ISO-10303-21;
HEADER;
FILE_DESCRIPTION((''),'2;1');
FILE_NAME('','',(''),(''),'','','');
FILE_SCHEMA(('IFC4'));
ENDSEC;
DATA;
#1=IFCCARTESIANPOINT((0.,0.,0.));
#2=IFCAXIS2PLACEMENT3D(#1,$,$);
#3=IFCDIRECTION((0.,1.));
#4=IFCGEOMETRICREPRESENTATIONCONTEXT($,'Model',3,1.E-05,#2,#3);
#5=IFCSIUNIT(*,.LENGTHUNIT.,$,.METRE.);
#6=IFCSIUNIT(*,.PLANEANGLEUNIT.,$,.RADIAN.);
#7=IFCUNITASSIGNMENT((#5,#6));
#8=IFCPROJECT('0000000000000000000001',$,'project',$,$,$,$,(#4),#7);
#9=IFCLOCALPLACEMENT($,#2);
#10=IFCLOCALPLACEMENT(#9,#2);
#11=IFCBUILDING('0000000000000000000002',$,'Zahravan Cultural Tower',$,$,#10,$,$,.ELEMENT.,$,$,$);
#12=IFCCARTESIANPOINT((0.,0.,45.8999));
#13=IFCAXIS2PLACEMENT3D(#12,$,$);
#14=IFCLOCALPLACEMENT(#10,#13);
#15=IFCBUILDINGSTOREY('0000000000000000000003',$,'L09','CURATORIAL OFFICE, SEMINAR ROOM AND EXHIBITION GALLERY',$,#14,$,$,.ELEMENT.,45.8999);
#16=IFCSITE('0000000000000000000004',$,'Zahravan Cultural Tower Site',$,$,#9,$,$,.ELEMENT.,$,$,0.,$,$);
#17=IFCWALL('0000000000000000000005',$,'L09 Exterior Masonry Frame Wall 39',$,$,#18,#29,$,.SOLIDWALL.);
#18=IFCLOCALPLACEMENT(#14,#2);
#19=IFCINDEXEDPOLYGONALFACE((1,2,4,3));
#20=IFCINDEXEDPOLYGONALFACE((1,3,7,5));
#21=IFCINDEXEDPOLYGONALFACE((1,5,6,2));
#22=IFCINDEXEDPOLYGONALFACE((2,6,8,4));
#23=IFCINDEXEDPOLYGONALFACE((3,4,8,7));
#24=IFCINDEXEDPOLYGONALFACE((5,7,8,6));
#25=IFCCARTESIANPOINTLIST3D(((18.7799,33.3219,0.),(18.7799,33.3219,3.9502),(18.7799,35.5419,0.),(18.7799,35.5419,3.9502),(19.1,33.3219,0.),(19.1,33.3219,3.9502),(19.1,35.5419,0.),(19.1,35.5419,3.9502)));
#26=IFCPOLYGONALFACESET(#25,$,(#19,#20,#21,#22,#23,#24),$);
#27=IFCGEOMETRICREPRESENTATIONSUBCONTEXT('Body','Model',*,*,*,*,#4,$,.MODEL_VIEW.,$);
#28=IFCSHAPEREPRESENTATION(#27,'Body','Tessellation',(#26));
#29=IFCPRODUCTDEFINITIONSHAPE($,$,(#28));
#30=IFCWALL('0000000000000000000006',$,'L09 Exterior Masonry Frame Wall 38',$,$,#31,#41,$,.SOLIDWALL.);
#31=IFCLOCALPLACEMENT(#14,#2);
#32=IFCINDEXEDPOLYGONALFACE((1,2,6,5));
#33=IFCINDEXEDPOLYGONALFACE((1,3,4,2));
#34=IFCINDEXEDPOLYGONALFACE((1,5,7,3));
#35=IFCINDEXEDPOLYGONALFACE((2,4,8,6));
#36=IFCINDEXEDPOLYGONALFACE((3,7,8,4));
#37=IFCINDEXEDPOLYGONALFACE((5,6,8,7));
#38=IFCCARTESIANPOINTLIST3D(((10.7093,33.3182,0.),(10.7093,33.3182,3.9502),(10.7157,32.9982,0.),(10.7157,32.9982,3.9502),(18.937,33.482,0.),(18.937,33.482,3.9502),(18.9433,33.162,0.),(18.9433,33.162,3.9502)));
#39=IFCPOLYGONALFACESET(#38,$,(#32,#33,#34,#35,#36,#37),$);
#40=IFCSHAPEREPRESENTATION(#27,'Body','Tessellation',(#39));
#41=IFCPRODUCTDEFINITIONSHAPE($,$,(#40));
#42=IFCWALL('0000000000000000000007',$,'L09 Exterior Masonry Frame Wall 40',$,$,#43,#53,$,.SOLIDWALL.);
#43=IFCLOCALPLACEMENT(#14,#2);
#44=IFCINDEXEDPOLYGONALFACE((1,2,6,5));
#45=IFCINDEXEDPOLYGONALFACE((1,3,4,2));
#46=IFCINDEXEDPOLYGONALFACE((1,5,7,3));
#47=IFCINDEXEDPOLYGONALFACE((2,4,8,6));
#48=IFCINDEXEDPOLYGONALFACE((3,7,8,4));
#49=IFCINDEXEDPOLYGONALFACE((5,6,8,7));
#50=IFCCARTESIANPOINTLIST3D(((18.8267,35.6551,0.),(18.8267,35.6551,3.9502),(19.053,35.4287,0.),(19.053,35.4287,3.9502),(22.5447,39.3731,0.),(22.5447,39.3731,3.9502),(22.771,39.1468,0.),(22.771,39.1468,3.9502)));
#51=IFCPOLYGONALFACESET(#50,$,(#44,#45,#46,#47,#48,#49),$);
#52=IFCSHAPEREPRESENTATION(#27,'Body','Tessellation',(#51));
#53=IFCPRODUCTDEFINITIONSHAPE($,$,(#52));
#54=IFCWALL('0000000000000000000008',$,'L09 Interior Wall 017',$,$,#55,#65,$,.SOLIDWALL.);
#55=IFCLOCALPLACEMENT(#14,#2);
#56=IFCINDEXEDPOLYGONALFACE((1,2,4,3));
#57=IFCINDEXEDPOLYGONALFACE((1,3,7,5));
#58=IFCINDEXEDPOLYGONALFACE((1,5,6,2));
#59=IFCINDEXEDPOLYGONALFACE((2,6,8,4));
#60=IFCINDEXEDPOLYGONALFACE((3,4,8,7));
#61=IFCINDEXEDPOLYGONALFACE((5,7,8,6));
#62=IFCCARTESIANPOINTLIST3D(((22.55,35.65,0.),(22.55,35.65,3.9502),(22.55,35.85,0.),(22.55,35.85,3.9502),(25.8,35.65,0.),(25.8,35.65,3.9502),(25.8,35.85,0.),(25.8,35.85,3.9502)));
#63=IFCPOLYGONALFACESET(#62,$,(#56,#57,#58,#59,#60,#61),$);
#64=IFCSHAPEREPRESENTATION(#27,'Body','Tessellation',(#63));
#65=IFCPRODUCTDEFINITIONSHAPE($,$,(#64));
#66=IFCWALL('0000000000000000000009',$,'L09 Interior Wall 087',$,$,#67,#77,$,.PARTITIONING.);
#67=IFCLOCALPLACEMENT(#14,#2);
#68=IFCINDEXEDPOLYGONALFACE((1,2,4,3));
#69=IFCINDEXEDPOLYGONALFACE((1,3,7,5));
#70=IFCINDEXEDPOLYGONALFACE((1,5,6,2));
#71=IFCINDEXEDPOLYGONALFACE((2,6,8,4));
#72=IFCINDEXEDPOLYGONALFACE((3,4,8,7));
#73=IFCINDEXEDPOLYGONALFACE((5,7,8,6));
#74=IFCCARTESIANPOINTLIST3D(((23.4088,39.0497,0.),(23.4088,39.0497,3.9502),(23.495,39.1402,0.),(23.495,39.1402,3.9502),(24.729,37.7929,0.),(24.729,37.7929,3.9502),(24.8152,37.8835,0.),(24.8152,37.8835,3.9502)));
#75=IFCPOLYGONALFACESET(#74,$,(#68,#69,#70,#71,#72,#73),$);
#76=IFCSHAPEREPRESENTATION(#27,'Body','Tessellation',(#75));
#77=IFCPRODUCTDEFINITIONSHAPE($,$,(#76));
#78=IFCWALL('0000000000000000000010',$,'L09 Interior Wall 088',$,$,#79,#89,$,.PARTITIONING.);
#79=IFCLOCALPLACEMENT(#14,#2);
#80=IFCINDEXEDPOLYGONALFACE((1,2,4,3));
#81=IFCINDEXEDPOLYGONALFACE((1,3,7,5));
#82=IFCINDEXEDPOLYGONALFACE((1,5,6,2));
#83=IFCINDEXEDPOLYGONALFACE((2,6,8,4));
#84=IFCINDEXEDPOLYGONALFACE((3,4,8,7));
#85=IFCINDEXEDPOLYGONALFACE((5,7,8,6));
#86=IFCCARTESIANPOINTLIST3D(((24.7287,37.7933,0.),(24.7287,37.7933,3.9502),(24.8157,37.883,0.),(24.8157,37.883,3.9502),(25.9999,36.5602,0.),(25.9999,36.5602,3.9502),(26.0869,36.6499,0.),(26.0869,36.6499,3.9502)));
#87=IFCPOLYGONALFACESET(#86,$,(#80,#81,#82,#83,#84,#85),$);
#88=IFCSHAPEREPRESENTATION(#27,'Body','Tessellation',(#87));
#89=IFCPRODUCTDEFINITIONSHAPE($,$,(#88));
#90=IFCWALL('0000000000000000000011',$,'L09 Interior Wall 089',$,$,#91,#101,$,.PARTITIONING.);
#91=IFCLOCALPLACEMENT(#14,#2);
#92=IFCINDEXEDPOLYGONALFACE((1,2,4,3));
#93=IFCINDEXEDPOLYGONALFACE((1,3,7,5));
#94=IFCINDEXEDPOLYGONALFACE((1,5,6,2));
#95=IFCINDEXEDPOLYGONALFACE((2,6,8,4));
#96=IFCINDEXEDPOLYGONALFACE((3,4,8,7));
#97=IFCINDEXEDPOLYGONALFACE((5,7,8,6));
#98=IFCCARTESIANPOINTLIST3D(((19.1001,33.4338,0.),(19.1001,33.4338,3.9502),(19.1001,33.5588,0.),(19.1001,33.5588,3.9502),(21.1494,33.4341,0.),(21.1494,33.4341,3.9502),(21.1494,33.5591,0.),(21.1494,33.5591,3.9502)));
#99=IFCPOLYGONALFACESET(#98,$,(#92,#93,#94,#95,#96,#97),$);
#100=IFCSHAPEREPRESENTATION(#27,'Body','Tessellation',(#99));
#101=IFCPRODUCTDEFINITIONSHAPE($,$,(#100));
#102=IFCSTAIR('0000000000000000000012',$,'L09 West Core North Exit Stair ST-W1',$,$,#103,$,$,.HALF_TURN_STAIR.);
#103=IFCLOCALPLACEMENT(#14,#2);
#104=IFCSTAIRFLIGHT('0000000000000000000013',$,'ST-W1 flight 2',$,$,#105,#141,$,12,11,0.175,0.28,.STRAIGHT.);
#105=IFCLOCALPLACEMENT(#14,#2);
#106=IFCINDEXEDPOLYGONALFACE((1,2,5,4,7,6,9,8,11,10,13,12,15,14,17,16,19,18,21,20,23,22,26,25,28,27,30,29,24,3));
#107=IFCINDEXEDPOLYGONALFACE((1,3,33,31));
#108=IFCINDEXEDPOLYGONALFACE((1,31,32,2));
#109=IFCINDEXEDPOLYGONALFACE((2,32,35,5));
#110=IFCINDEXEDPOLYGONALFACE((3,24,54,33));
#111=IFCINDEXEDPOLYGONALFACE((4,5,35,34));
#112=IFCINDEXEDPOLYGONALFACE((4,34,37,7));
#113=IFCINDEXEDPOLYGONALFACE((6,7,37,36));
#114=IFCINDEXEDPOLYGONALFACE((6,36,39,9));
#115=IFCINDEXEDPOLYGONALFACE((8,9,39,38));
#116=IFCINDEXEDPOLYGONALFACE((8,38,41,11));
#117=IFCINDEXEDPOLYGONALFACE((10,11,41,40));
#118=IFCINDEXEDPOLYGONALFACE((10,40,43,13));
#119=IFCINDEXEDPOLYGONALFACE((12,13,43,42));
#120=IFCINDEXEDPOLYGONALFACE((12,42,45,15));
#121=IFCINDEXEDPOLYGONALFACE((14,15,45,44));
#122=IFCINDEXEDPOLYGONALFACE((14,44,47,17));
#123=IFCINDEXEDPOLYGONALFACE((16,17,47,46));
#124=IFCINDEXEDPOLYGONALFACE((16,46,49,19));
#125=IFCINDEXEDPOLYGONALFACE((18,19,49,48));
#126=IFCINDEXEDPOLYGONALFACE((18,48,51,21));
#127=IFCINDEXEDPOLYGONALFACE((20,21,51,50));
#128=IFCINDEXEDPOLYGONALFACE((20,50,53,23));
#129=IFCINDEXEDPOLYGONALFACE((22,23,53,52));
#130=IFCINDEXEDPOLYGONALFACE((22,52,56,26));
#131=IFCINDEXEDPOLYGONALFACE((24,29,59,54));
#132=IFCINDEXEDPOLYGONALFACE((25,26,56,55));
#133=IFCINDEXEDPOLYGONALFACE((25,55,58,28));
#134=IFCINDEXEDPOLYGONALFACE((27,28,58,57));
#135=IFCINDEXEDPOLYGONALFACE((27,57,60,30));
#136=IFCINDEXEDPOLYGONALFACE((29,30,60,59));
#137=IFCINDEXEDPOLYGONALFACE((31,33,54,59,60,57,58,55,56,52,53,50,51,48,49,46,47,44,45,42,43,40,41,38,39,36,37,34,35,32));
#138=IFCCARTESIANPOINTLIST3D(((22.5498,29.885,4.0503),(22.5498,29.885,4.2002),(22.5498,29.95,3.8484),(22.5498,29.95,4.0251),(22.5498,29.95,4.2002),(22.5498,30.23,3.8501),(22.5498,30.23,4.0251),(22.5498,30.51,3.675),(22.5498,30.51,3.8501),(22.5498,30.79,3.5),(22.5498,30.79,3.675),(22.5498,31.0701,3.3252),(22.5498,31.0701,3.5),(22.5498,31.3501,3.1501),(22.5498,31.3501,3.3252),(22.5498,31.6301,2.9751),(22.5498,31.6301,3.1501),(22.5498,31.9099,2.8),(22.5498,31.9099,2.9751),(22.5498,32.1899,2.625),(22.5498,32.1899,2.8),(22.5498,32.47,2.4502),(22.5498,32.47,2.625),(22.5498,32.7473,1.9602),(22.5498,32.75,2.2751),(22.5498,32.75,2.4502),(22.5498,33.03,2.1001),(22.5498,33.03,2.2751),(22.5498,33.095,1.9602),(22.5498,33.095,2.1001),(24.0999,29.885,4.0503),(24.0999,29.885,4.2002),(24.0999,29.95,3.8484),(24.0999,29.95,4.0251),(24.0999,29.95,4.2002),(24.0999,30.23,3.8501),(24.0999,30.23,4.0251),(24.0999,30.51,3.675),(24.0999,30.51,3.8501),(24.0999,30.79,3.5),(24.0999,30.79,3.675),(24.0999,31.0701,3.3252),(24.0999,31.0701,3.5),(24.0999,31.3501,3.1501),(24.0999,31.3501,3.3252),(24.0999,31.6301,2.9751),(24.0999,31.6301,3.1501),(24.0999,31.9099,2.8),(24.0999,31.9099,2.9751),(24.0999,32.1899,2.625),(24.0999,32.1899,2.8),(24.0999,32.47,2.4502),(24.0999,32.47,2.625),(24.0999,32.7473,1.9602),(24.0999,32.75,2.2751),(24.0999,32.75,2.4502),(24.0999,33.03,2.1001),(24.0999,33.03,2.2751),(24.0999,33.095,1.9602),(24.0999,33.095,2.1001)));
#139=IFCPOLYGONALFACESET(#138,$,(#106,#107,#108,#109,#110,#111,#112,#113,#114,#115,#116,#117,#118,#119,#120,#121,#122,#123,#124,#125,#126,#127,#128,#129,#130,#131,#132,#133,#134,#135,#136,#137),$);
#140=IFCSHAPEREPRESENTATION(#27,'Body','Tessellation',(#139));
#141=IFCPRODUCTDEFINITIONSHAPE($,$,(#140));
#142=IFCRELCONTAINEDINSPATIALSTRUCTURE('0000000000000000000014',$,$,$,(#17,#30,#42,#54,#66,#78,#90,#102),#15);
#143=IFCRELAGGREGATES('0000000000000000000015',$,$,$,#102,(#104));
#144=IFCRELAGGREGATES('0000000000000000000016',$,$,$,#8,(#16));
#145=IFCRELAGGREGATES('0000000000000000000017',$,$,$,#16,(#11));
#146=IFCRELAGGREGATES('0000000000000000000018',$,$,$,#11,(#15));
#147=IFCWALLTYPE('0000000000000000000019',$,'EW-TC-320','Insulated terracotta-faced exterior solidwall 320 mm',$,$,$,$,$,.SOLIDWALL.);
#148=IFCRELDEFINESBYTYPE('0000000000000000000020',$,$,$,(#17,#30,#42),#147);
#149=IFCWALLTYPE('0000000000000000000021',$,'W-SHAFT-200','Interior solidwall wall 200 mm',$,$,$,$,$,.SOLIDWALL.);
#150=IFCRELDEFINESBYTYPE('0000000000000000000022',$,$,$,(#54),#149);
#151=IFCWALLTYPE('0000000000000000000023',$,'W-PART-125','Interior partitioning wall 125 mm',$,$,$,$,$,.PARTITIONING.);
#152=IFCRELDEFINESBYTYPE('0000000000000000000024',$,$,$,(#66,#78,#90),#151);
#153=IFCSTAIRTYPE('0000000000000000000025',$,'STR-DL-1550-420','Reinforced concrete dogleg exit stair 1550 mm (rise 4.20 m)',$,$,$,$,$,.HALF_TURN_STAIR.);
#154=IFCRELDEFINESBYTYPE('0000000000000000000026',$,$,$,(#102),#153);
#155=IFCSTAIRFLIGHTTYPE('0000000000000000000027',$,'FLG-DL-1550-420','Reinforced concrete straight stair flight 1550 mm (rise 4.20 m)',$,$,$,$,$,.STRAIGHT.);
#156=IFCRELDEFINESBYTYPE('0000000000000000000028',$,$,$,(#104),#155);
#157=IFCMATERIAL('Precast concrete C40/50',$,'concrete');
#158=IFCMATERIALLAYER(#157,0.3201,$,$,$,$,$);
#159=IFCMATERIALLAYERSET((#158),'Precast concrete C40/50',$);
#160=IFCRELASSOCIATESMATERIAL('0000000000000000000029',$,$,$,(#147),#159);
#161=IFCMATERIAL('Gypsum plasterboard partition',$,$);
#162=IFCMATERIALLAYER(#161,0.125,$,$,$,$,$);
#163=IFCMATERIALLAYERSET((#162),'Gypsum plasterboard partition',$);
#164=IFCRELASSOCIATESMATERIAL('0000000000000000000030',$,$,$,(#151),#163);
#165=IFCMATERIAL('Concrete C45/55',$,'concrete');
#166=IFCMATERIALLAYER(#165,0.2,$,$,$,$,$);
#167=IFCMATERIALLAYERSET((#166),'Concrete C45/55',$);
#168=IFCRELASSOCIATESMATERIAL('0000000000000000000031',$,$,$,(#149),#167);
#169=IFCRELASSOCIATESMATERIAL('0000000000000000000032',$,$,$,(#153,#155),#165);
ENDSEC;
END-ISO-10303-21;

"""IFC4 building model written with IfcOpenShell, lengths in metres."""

from ifc_helpers import new_model, si_unit, direction, frame, frame_2d, origin, place, context, subcontext, project, spatial, polyline, rectangle, outline, extrude, source, transform, mapped, material, layer, layer_set, type_object, element, aggregate, save


model = new_model("IFC4")

# Units and contexts
model_context = context("Model", 3, precision=1e-05, world=origin(), true_north=direction((0.0, 1.0)))
body_context = subcontext(model_context, "Body", "Model", "MODEL_VIEW")
ifc_project = project(units=[si_unit("LENGTHUNIT", "METRE"), si_unit("PLANEANGLEUNIT", "RADIAN")], contexts=[model_context])

# Site, building, storey
site_placement = place(None, origin())
site = spatial("IfcSite", under=ifc_project, at=site_placement, Name="Zahravan Cultural Tower Site", CompositionType="ELEMENT", RefElevation=0.0)
building_placement = place(site_placement, origin())
building = spatial("IfcBuilding", under=site, at=building_placement, Name="Zahravan Cultural Tower", CompositionType="ELEMENT")
storey_placement = place(building_placement, frame((0.0, 0.0, 45.8999)))
storey = spatial("IfcBuildingStorey", under=building, at=storey_placement, Name="L09", Description="CURATORIAL OFFICE, SEMINAR ROOM AND EXHIBITION GALLERY", CompositionType="ELEMENT", Elevation=45.8999)

# Shared definitions
ifc_material_1 = material(Name="Precast concrete C40/50", Category="concrete")
ifc_layer_1 = layer(ifc_material_1, 0.3201)
ifc_layer_set_1 = layer_set([ifc_layer_1], Name="Precast concrete C40/50")
wall_type_1 = type_object("IfcWallType", Name="EW-TC-320", Description="Insulated terracotta-faced exterior solidwall 320 mm", PredefinedType="SOLIDWALL", material=ifc_layer_set_1)
ifc_material_2 = material(Name="Gypsum plasterboard partition")
ifc_layer_2 = layer(ifc_material_2, 0.125)
ifc_layer_set_2 = layer_set([ifc_layer_2], Name="Gypsum plasterboard partition")
wall_type_2 = type_object("IfcWallType", Name="W-PART-125", Description="Interior partitioning wall 125 mm", PredefinedType="PARTITIONING", material=ifc_layer_set_2)
ifc_material_3 = material(Name="Concrete C45/55", Category="concrete")
ifc_layer_3 = layer(ifc_material_3, 0.2)
ifc_layer_set_3 = layer_set([ifc_layer_3], Name="Concrete C45/55")
wall_type_3 = type_object("IfcWallType", Name="W-SHAFT-200", Description="Interior solidwall wall 200 mm", PredefinedType="SOLIDWALL", material=ifc_layer_set_3)

# Walls
shared_shape_1 = source(origin(), body_context, "Body", "SweptSolid", [
    extrude(rectangle(XDim=2.22, YDim=0.3201, at=frame_2d((1.1099, 0.0))), origin(), (0.0, 0.0, 1.0), 3.9502),
])
wall_1_placement = place(storey_placement, frame((18.9399, 33.322, 0.0), z_axis=(0.0, 0.0, 1.0), x_axis=(0.0, 1.0, 0.0)))
element("IfcWall", 1, at=wall_1_placement, inside=storey, type_object=wall_type_1, Name="L09 Exterior Masonry Frame Wall 39", PredefinedType="SOLIDWALL", context=body_context, shape_type="MappedRepresentation", body=[
    mapped(shared_shape_1, transform((0.0, 0.0, 0.0), x_axis=(1.0, 0.0, 0.0), y_axis=(0.0, 1.0, 0.0), z_axis=(0.0, 0.0, 1.0), scale=1.0)),
])
shared_shape_2 = source(origin(), body_context, "Body", "SweptSolid", [
    extrude(rectangle(XDim=8.2292, YDim=0.3201, at=frame_2d((4.1147, 0.0))), origin(), (0.0, 0.0, 1.0), 3.9502),
])
wall_2_placement = place(storey_placement, frame((10.7124, 33.1582, 0.0), z_axis=(0.0, 0.0, 1.0), x_axis=(0.999802, 0.019907, 0.0)))
element("IfcWall", 2, at=wall_2_placement, inside=storey, type_object=wall_type_1, Name="L09 Exterior Masonry Frame Wall 38", PredefinedType="SOLIDWALL", context=body_context, shape_type="MappedRepresentation", body=[
    mapped(shared_shape_2, transform((0.0, 0.0, 0.0), x_axis=(1.0, 0.0, 0.0), y_axis=(0.0, 1.0, 0.0), z_axis=(0.0, 0.0, 1.0), scale=1.0)),
])
shared_shape_3 = source(origin(), body_context, "Body", "SweptSolid", [
    extrude(rectangle(XDim=5.2581, YDim=0.3201, at=frame_2d((2.6289, 0.0))), origin(), (0.0, 0.0, 1.0), 3.9502),
])
wall_3_placement = place(storey_placement, frame((18.9399, 35.542, 0.0), z_axis=(0.0, 0.0, 1.0), x_axis=(0.707107, 0.707107, 0.0)))
element("IfcWall", 3, at=wall_3_placement, inside=storey, type_object=wall_type_1, Name="L09 Exterior Masonry Frame Wall 40", PredefinedType="SOLIDWALL", context=body_context, shape_type="MappedRepresentation", body=[
    mapped(shared_shape_3, transform((0.0, 0.0, 0.0), x_axis=(1.0, 0.0, 0.0), y_axis=(0.0, 1.0, 0.0), z_axis=(0.0, 0.0, 1.0), scale=1.0)),
])
shared_shape_4 = source(origin(), body_context, "Body", "SweptSolid", [
    extrude(rectangle(XDim=3.25, YDim=0.2, at=frame_2d((1.625, 0.0))), origin(), (0.0, 0.0, 1.0), 3.9502),
])
wall_4_placement = place(storey_placement, frame((22.55, 35.75, 0.0), z_axis=(0.0, 0.0, 1.0), x_axis=(1.0, 0.0, 0.0)))
element("IfcWall", 4, at=wall_4_placement, inside=storey, type_object=wall_type_3, Name="L09 Interior Wall 017", PredefinedType="SOLIDWALL", context=body_context, shape_type="MappedRepresentation", body=[
    mapped(shared_shape_4, transform((0.0, 0.0, 0.0), x_axis=(1.0, 0.0, 0.0), y_axis=(0.0, 1.0, 0.0), z_axis=(0.0, 0.0, 1.0), scale=1.0)),
])
shared_shape_5 = source(origin(), body_context, "Body", "SweptSolid", [
    extrude(rectangle(XDim=1.8228, YDim=0.125, at=frame_2d((0.9114, 0.0))), origin(), (0.0, 0.0, 1.0), 3.9502),
])
wall_5_placement = place(storey_placement, frame((23.4519, 39.095, 0.0), z_axis=(0.0, 0.0, 1.0), x_axis=(0.724304, -0.689481, 0.0)))
element("IfcWall", 5, at=wall_5_placement, inside=storey, type_object=wall_type_2, Name="L09 Interior Wall 087", PredefinedType="PARTITIONING", context=body_context, shape_type="MappedRepresentation", body=[
    mapped(shared_shape_5, transform((0.0, 0.0, 0.0), x_axis=(1.0, 0.0, 0.0), y_axis=(0.0, 1.0, 0.0), z_axis=(0.0, 0.0, 1.0), scale=1.0)),
])
shared_shape_6 = source(origin(), body_context, "Body", "SweptSolid", [
    extrude(rectangle(XDim=1.771, YDim=0.125, at=frame_2d((0.8855, 0.0))), origin(), (0.0, 0.0, 1.0), 3.9502),
])
wall_6_placement = place(storey_placement, frame((24.7722, 37.8381, 0.0), z_axis=(0.0, 0.0, 1.0), x_axis=(0.717777, -0.696273, 0.0)))
element("IfcWall", 6, at=wall_6_placement, inside=storey, type_object=wall_type_2, Name="L09 Interior Wall 088", PredefinedType="PARTITIONING", context=body_context, shape_type="MappedRepresentation", body=[
    mapped(shared_shape_6, transform((0.0, 0.0, 0.0), x_axis=(1.0, 0.0, 0.0), y_axis=(0.0, 1.0, 0.0), z_axis=(0.0, 0.0, 1.0), scale=1.0)),
])
shared_shape_7 = source(origin(), body_context, "Body", "SweptSolid", [
    extrude(rectangle(XDim=2.0493, YDim=0.125, at=frame_2d((1.0247, 0.0))), origin(), (0.0, 0.0, 1.0), 3.9502),
])
wall_7_placement = place(storey_placement, frame((21.1494, 33.4966, 0.0), z_axis=(0.0, 0.0, 1.0), x_axis=(-1.0, -0.000119, 0.0)))
element("IfcWall", 7, at=wall_7_placement, inside=storey, type_object=wall_type_2, Name="L09 Interior Wall 089", PredefinedType="PARTITIONING", context=body_context, shape_type="MappedRepresentation", body=[
    mapped(shared_shape_7, transform((0.0, 0.0, 0.0), x_axis=(1.0, 0.0, 0.0), y_axis=(0.0, 1.0, 0.0), z_axis=(0.0, 0.0, 1.0), scale=1.0)),
])

# Stair, stair flight
stair_type = type_object("IfcStairType", Name="STR-DL-1550-420", Description="Reinforced concrete dogleg exit stair 1550 mm (rise 4.20 m)", PredefinedType="HALF_TURN_STAIR", material=ifc_material_3)
stair_placement = place(storey_placement, origin())
stair = element("IfcStair", 8, at=stair_placement, inside=storey, type_object=stair_type, Name="L09 West Core North Exit Stair ST-W1", PredefinedType="HALF_TURN_STAIR")
stair_flight_type = type_object("IfcStairFlightType", Name="FLG-DL-1550-420", Description="Reinforced concrete straight stair flight 1550 mm (rise 4.20 m)", PredefinedType="STRAIGHT", material=ifc_material_3)
stair_flight_placement = place(storey_placement, frame((23.325, 33.03, 2.1001), z_axis=(0.0, 0.0, 1.0), x_axis=(0.0, -1.0, 0.0)))
stair_flight = element("IfcStairFlight", 9, at=stair_flight_placement, type_object=stair_flight_type, Name="ST-W1 flight 2", NumberOfRisers=12, NumberOfTreads=11, PredefinedType="STRAIGHT", RiserHeight=0.175, TreadLength=0.28, context=body_context, shape_type="SweptSolid", body=[
    extrude(outline(polyline([(-0.0649, -0.1399), (-0.0649, 0.0), (0.0, 0.0), (0.0, 0.175), (0.28, 0.175), (0.28, 0.3501), (0.5601, 0.3501), (0.5601, 0.5249), (0.8401, 0.5249), (0.8401, 0.7), (1.1201, 0.7), (1.1201, 0.875), (1.3999, 0.875), (1.3999, 1.05), (1.6799, 1.05), (1.6799, 1.2251), (1.96, 1.2251), (1.96, 1.3999), (2.24, 1.3999), (2.24, 1.575), (2.52, 1.575), (2.52, 1.75), (2.8, 1.75), (2.8, 1.925), (3.0801, 1.925), (3.0801, 2.1001), (3.145, 2.1001), (3.145, 1.9502), (3.0801, 1.7483), (0.2827, -0.1399), (-0.0649, -0.1399)])), frame((0.0, 0.7749, 0.0), z_axis=(0.0, -1.0, 0.0), x_axis=(1.0, 0.0, 0.0)), (0.0, 0.0, 1.0), 1.55),
])
aggregate(stair, [stair_flight])

save(model, "model.ifc")
